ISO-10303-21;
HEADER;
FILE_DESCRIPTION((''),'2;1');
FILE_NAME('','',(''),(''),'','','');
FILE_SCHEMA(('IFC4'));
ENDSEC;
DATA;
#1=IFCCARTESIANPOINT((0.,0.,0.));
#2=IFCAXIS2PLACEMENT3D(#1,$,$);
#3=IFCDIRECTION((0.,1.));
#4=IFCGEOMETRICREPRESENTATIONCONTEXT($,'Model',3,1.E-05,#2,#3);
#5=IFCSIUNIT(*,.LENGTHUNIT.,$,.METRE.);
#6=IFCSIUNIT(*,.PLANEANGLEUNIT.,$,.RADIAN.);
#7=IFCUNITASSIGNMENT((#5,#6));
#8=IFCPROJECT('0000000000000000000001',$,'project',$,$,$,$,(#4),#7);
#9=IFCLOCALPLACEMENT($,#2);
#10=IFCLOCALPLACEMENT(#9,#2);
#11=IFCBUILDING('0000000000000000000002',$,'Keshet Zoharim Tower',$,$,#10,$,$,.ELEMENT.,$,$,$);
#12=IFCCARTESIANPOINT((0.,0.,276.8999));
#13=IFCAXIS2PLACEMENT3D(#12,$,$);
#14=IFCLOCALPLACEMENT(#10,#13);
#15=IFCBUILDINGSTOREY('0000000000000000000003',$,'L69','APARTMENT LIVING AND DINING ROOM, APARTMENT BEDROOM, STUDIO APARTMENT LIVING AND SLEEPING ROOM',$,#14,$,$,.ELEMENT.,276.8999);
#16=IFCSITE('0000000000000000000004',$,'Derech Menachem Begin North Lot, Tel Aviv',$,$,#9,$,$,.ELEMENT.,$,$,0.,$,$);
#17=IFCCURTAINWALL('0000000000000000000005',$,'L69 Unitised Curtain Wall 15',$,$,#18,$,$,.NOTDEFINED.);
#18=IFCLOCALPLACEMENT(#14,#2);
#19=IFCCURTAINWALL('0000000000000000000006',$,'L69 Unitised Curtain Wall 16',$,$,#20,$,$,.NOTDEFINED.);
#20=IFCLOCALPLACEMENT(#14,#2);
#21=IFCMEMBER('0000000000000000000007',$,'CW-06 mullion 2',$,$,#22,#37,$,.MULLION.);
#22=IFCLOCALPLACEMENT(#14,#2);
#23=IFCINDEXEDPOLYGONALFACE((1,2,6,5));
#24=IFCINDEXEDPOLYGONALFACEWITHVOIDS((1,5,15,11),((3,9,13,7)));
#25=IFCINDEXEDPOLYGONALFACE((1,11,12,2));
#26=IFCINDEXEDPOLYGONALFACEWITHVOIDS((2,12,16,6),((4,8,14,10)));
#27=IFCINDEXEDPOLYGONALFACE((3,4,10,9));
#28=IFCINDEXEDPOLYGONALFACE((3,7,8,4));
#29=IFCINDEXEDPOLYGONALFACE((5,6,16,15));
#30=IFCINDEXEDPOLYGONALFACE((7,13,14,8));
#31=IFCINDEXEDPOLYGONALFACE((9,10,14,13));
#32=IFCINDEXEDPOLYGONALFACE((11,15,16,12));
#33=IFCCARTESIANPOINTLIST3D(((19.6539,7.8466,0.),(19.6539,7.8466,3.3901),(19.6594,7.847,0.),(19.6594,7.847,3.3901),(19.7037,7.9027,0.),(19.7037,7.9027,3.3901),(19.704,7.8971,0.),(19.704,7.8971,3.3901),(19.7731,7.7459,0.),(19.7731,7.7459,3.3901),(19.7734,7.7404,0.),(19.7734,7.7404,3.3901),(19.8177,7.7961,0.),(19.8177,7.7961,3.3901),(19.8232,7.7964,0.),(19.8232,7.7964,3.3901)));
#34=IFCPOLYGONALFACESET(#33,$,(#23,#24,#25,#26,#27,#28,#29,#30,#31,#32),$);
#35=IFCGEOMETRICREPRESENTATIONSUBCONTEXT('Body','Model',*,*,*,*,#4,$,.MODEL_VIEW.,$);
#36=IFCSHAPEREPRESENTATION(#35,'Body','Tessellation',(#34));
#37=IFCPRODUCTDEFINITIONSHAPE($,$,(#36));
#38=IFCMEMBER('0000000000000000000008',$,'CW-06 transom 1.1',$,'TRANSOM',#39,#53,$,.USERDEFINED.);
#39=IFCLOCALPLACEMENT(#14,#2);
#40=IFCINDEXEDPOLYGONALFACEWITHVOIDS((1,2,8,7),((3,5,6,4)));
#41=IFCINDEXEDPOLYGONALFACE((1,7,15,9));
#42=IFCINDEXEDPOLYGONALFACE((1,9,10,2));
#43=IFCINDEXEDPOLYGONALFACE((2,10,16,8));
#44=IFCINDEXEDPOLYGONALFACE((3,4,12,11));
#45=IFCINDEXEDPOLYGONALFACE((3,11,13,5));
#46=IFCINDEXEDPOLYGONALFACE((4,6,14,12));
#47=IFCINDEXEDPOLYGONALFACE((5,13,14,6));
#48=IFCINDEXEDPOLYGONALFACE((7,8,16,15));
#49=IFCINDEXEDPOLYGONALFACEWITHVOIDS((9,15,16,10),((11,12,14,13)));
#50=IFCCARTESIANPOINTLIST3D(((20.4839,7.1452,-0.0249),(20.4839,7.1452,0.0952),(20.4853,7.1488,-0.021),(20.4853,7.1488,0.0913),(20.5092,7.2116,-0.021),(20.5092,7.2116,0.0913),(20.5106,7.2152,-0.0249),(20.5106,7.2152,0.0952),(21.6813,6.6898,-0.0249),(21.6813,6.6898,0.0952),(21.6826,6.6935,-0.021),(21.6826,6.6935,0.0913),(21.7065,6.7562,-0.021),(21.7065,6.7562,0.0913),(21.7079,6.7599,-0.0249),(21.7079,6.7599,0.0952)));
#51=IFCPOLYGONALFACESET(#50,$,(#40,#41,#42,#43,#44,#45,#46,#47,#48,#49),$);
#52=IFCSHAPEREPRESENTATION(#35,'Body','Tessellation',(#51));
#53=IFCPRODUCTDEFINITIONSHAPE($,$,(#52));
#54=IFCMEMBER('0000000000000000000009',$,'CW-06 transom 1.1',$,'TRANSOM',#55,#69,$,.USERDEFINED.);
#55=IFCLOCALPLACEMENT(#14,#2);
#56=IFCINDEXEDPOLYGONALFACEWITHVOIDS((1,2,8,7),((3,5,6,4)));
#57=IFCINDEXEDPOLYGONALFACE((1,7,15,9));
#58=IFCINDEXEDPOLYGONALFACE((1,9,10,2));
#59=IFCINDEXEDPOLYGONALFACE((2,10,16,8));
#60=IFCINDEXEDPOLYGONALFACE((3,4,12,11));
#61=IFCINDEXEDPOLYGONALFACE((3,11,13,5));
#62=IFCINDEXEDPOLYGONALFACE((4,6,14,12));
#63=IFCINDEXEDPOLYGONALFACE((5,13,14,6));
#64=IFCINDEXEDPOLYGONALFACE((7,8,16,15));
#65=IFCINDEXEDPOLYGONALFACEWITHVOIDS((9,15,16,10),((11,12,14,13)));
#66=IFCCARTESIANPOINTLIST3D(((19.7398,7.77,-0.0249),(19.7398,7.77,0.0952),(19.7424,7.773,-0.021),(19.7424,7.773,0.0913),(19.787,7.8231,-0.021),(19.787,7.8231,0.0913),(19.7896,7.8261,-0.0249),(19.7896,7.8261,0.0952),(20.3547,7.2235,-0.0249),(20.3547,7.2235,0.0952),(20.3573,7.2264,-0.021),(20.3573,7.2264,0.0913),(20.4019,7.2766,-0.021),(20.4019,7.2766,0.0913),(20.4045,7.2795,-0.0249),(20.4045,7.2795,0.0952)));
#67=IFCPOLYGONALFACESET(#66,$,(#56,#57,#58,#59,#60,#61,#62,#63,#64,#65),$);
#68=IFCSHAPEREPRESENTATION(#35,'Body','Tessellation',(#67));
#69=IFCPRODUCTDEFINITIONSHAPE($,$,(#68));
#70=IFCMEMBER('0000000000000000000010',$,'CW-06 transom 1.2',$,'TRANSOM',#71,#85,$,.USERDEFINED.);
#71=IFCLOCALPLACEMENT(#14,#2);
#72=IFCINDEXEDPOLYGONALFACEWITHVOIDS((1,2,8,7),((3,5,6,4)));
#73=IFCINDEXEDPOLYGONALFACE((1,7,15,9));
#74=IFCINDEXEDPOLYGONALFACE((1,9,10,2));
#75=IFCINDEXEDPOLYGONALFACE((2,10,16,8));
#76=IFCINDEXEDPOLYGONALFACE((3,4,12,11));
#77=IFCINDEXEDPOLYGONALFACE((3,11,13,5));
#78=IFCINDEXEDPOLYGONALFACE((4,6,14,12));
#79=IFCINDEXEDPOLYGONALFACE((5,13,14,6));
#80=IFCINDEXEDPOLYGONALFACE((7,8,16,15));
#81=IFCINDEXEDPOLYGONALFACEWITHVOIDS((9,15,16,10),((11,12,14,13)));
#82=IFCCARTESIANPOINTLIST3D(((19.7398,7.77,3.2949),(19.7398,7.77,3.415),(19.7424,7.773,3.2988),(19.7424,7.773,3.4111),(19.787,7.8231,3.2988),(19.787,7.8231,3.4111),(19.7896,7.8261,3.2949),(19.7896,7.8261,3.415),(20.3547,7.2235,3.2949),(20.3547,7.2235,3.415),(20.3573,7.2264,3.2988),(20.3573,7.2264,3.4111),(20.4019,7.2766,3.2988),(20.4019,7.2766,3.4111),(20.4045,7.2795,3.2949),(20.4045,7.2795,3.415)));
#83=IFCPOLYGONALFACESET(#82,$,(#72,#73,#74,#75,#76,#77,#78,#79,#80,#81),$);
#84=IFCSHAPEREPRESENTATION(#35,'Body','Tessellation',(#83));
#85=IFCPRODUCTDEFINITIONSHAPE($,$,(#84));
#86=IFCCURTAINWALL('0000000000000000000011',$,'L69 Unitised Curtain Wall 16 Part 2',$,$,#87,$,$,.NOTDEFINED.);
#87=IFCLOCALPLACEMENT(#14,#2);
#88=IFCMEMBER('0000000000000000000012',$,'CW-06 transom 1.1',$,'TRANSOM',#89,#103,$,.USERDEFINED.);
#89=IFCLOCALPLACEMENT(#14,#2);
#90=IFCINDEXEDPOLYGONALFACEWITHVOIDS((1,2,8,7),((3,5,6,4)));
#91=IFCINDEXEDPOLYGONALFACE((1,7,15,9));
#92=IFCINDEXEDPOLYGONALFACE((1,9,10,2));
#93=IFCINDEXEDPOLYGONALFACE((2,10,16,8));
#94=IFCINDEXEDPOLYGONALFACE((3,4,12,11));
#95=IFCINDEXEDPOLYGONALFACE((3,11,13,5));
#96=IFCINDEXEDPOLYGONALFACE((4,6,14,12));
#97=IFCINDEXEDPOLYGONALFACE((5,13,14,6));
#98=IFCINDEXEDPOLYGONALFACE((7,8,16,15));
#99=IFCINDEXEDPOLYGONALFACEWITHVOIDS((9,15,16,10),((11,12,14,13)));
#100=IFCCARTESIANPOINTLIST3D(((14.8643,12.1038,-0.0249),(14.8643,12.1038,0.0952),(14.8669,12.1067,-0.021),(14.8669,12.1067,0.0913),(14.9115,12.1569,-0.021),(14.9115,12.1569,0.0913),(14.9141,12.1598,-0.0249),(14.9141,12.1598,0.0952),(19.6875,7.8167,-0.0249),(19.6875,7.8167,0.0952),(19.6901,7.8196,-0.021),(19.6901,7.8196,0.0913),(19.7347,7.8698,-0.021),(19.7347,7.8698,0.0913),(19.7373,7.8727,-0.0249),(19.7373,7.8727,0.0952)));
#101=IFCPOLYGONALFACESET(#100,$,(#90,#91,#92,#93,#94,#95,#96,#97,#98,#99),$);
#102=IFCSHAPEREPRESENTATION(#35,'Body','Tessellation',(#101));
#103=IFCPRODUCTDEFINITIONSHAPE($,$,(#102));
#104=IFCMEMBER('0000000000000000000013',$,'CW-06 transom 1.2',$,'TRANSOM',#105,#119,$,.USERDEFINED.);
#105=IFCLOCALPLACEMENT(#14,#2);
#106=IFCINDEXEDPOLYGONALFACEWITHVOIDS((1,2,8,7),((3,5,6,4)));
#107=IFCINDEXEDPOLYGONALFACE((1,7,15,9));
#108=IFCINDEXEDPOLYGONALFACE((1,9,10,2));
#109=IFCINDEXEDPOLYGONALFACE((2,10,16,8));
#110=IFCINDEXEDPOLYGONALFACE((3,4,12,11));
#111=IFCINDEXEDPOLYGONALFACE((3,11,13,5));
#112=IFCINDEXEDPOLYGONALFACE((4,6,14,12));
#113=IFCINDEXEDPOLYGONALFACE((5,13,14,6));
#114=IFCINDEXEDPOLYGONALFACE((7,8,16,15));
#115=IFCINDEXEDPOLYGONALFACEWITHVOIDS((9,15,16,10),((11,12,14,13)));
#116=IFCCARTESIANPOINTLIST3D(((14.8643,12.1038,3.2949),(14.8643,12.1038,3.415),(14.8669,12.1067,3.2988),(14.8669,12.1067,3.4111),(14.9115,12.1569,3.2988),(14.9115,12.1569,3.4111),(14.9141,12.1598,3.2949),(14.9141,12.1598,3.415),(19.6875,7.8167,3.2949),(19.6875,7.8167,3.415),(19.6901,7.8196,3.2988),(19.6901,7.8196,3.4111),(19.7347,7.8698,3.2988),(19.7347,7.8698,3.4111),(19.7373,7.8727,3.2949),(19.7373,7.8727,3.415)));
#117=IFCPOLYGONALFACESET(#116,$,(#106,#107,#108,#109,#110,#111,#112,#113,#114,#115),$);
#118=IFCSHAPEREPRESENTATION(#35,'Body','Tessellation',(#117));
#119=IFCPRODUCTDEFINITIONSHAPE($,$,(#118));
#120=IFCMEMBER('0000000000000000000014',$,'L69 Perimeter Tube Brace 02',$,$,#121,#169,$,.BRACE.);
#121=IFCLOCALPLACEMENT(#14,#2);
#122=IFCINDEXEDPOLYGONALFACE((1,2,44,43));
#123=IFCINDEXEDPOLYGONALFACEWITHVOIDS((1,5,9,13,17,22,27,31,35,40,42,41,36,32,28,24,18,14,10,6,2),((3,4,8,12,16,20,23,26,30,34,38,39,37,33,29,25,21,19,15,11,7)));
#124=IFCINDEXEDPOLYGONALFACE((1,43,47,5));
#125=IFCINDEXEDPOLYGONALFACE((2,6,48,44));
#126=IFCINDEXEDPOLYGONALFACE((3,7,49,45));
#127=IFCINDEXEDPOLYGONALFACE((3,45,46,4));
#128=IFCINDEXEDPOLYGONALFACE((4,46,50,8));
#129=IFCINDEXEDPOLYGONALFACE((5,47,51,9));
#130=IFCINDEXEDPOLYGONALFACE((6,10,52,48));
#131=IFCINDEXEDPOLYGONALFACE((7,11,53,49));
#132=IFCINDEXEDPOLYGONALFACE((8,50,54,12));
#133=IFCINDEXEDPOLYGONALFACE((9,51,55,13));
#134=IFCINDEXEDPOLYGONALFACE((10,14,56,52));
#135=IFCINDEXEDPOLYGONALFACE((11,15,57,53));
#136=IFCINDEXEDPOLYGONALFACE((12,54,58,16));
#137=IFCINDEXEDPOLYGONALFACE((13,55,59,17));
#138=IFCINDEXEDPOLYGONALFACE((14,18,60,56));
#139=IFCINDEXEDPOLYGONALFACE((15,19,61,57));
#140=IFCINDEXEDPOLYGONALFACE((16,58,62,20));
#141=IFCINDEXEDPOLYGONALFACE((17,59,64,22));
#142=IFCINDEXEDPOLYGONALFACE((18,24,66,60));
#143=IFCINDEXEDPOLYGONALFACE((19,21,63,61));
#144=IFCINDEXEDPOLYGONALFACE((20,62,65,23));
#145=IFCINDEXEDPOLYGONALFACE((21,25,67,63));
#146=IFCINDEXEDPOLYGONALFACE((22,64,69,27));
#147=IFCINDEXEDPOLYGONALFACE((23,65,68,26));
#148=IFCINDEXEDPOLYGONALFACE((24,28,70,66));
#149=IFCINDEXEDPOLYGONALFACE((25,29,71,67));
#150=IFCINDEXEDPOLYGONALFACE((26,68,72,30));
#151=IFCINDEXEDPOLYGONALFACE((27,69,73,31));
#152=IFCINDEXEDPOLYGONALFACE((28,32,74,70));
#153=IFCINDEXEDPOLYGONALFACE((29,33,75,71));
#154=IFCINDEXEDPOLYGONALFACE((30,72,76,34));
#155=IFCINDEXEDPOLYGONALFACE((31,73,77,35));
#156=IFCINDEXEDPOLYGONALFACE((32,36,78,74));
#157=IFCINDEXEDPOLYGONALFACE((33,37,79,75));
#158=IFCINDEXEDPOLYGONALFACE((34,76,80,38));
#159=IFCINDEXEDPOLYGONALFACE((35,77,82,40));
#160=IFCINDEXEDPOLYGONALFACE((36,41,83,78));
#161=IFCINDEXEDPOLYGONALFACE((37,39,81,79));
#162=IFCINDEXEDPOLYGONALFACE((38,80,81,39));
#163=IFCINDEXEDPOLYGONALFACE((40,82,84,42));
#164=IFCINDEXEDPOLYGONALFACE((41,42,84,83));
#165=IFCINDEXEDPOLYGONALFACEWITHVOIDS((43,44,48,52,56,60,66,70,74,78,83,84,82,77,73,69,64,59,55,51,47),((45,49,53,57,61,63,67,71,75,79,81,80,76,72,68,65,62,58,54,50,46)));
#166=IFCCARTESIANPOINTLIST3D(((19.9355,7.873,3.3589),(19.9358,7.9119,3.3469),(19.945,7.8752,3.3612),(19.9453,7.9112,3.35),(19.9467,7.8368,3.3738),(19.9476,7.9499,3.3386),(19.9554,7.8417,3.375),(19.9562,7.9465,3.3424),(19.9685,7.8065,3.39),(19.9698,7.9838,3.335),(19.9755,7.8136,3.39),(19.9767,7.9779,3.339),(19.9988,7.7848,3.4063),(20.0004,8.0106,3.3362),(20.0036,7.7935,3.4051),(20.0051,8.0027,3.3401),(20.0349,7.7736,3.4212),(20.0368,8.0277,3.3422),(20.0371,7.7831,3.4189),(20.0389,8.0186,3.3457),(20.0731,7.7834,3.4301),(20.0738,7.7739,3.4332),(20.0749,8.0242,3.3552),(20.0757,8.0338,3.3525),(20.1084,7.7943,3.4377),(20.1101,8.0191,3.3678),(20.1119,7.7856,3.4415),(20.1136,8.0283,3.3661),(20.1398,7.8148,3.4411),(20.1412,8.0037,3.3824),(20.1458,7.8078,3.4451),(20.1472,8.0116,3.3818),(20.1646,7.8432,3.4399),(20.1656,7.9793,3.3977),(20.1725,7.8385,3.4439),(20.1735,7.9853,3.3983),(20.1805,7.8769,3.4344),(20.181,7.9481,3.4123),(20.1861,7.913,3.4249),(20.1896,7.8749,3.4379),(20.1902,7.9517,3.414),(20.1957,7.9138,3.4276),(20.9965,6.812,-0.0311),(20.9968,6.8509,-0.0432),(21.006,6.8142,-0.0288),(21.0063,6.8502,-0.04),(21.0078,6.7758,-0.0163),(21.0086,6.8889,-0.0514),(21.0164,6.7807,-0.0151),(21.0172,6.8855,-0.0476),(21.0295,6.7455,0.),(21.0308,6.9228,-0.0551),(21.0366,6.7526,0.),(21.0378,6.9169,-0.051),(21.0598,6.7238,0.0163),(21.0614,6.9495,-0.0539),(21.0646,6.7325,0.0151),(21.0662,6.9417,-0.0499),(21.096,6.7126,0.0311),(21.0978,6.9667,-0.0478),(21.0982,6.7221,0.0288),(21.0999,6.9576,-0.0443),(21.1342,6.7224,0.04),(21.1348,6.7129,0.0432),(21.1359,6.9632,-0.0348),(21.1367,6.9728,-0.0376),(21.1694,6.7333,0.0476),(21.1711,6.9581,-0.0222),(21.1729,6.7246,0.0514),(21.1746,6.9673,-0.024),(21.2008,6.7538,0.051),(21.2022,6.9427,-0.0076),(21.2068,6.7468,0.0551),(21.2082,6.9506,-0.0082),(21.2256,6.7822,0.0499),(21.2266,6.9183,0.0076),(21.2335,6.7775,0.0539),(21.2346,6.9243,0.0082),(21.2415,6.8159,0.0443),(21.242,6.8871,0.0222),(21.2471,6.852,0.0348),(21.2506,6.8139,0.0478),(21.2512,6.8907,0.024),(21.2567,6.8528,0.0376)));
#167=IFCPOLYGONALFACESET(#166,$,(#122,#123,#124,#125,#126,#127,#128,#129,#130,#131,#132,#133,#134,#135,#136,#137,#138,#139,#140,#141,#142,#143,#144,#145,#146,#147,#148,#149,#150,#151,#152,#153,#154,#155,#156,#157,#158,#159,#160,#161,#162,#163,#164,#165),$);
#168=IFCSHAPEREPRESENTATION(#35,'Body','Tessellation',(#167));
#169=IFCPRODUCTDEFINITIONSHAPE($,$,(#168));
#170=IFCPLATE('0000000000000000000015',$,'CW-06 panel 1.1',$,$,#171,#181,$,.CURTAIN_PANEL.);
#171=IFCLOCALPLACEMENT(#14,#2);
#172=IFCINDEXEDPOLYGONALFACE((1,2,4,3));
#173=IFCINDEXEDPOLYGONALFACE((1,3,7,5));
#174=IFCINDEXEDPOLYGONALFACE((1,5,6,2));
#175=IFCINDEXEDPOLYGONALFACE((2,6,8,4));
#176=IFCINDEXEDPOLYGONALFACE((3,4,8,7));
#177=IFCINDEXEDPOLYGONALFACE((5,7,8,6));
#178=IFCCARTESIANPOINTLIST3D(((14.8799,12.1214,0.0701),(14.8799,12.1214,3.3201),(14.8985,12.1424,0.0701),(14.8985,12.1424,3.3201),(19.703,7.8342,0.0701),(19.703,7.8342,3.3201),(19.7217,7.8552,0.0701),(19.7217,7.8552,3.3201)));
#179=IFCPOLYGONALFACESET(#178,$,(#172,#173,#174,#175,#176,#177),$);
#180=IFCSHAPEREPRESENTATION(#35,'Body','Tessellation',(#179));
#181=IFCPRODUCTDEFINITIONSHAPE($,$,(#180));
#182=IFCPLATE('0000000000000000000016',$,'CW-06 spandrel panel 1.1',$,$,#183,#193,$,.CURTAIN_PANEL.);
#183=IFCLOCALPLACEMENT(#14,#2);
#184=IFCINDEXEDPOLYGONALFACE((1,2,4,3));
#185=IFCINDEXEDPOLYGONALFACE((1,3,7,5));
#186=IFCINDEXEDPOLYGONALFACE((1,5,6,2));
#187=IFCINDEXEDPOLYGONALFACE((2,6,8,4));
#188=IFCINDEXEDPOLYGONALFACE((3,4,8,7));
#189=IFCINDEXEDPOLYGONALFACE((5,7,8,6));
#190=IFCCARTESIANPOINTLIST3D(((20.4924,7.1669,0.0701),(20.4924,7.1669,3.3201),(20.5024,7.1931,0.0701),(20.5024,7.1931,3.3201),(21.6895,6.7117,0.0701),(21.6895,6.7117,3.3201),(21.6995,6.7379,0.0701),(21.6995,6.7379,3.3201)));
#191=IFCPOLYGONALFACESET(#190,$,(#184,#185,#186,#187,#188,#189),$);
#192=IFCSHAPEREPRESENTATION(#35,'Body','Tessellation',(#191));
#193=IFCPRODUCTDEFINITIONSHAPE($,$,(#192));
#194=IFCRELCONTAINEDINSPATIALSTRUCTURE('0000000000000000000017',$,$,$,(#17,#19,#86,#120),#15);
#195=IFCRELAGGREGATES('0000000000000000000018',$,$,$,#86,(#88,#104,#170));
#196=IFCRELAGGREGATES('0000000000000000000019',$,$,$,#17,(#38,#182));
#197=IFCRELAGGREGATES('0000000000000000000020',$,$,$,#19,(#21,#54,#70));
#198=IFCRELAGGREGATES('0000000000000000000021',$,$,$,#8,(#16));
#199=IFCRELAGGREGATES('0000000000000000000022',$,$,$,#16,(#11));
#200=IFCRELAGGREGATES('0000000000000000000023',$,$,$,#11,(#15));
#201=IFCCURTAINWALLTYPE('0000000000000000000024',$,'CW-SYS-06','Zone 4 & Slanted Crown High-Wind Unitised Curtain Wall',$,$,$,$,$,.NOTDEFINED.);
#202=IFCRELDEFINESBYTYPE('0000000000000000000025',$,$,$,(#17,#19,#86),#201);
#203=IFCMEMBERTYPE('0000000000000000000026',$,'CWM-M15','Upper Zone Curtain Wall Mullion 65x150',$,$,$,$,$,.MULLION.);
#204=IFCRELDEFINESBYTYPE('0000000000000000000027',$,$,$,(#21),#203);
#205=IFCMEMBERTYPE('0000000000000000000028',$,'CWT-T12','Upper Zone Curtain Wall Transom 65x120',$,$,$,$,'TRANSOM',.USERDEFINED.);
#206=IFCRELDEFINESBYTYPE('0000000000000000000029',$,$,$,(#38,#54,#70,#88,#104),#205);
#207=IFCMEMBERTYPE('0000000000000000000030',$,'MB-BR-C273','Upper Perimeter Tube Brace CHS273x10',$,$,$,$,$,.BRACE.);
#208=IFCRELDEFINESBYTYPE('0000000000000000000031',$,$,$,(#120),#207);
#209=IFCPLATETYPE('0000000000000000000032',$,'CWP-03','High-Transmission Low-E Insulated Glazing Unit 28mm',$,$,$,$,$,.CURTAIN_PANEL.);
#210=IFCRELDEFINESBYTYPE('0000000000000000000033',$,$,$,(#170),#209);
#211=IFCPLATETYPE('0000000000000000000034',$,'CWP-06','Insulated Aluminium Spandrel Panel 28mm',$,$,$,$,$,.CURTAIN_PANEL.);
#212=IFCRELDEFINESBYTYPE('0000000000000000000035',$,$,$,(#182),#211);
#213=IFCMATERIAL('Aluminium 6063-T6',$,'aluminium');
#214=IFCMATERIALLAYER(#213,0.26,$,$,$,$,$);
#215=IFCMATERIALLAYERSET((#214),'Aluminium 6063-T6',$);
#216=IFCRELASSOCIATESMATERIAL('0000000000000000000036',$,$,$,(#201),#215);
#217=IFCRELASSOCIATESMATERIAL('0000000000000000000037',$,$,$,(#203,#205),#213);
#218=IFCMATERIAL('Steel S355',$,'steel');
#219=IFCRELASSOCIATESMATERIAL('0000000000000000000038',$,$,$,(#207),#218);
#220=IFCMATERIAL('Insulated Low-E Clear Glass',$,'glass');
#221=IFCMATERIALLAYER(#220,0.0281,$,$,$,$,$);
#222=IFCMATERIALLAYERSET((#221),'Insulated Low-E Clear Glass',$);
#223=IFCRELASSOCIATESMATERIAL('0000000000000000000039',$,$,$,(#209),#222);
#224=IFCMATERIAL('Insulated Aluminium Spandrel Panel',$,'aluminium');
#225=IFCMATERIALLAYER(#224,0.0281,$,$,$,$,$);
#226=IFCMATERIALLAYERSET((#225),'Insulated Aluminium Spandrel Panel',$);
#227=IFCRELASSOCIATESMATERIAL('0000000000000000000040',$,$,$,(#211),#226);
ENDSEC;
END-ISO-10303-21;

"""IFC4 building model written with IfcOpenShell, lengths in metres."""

from ifc_helpers import new_model, si_unit, direction, frame, origin, origin_2d, place, context, subcontext, project, spatial, rectangle, hollow_rectangle, hollow_circle, extrude, material, layer, layer_set, material_profile, profile_set, type_object, element, aggregate, save


model = new_model("IFC4")

# Units and contexts
model_context = context("Model", 3, precision=1e-05, world=origin(), true_north=direction((0.0, 1.0)))
body_context = subcontext(model_context, "Body", "Model", "MODEL_VIEW")
ifc_project = project(units=[si_unit("LENGTHUNIT", "METRE"), si_unit("PLANEANGLEUNIT", "RADIAN")], contexts=[model_context])

# Site, building, storey
site_placement = place(None, origin())
site = spatial("IfcSite", under=ifc_project, at=site_placement, Name="Derech Menachem Begin North Lot, Tel Aviv", CompositionType="ELEMENT", RefElevation=0.0)
building_placement = place(site_placement, origin())
building = spatial("IfcBuilding", under=site, at=building_placement, Name="Keshet Zoharim Tower", CompositionType="ELEMENT")
storey_placement = place(building_placement, frame((0.0, 0.0, 276.8999)))
storey = spatial("IfcBuildingStorey", under=building, at=storey_placement, Name="L69", Description="APARTMENT LIVING AND DINING ROOM, APARTMENT BEDROOM, STUDIO APARTMENT LIVING AND SLEEPING ROOM", CompositionType="ELEMENT", Elevation=276.8999)

# Shared definitions
ifc_material_1 = material(Name="Steel S355", Category="steel")

# Curtain wall
ifc_material_2 = material(Name="Aluminium 6063-T6", Category="aluminium")
ifc_layer_1 = layer(ifc_material_2, 0.26)
ifc_layer_set_1 = layer_set([ifc_layer_1], Name="Aluminium 6063-T6")
curtain_wall_type = type_object("IfcCurtainWallType", Name="CW-SYS-06", Description="Zone 4 & Slanted Crown High-Wind Unitised Curtain Wall", PredefinedType="NOTDEFINED", material=ifc_layer_set_1)
curtain_wall_1_placement = place(storey_placement, origin())
curtain_wall_1 = element("IfcCurtainWall", 1, at=curtain_wall_1_placement, inside=storey, type_object=curtain_wall_type, Name="L69 Unitised Curtain Wall 15", PredefinedType="NOTDEFINED")
ifc_material_profile_1 = material_profile(ifc_material_2, hollow_rectangle(XDim=0.075, YDim=0.1599, WallThickness=0.0039, at=origin_2d()), Name="MUL-75x160")
ifc_profile_set_1 = profile_set([ifc_material_profile_1], Name="Aluminium 6063-T6")
member_type_1 = type_object("IfcMemberType", Name="CWM-M15", Description="Upper Zone Curtain Wall Mullion 65x150", PredefinedType="MULLION", material=ifc_profile_set_1)

# Curtain wall, member
curtain_wall_2_placement = place(storey_placement, origin())
curtain_wall_2 = element("IfcCurtainWall", 2, at=curtain_wall_2_placement, inside=storey, type_object=curtain_wall_type, Name="L69 Unitised Curtain Wall 16", PredefinedType="NOTDEFINED")
member_1_placement = place(storey_placement, frame((19.7385, 7.8215, 0.0), z_axis=(0.0, 0.0, 1.0), x_axis=(-0.664345, -0.747427, 0.0)))
member_1 = element("IfcMember", 3, at=member_1_placement, type_object=member_type_1, Name="CW-06 mullion 2", PredefinedType="MULLION", context=body_context, shape_type="SweptSolid", body=[
    extrude(hollow_rectangle(XDim=0.075, YDim=0.1599, WallThickness=0.0039, at=origin_2d()), origin(), (0.0, 0.0, 1.0), 3.3901),
])

# Members
ifc_material_profile_2 = material_profile(ifc_material_2, hollow_rectangle(XDim=0.075, YDim=0.1201, WallThickness=0.0039, at=origin_2d()), Name="TRN-75x120")
ifc_profile_set_2 = profile_set([ifc_material_profile_2], Name="Aluminium 6063-T6")
member_type_2 = type_object("IfcMemberType", Name="CWT-T12", Description="Upper Zone Curtain Wall Transom 65x120", ElementType="TRANSOM", PredefinedType="USERDEFINED", material=ifc_profile_set_2)
member_2_placement = place(storey_placement, frame((21.6946, 6.7249, 0.0352), z_axis=(-0.93469, 0.355464, 0.0), x_axis=(-0.355464, -0.93469, 0.0)))
member_2 = element("IfcMember", 4, at=member_2_placement, type_object=member_type_2, Name="CW-06 transom 1.1", ObjectType="TRANSOM", PredefinedType="USERDEFINED", context=body_context, shape_type="SweptSolid", body=[
    extrude(hollow_rectangle(XDim=0.075, YDim=0.1201, WallThickness=0.0039, at=origin_2d()), origin(), (0.0, 0.0, 1.0), 1.281),
])
member_3_placement = place(storey_placement, frame((20.3796, 7.2515, 0.0352), z_axis=(-0.747426, 0.664345, 0.0), x_axis=(-0.664345, -0.747426, 0.0)))
member_3 = element("IfcMember", 5, at=member_3_placement, type_object=member_type_2, Name="CW-06 transom 1.1", ObjectType="TRANSOM", PredefinedType="USERDEFINED", context=body_context, shape_type="SweptSolid", body=[
    extrude(hollow_rectangle(XDim=0.075, YDim=0.1201, WallThickness=0.0039, at=origin_2d()), origin(), (0.0, 0.0, 1.0), 0.8228),
])
member_4_placement = place(storey_placement, frame((20.3796, 7.2515, 3.355), z_axis=(-0.747426, 0.664345, 0.0), x_axis=(-0.664345, -0.747426, 0.0)))
member_4 = element("IfcMember", 6, at=member_4_placement, type_object=member_type_2, Name="CW-06 transom 1.2", ObjectType="TRANSOM", PredefinedType="USERDEFINED", context=body_context, shape_type="SweptSolid", body=[
    extrude(hollow_rectangle(XDim=0.075, YDim=0.1201, WallThickness=0.0039, at=origin_2d()), origin(), (0.0, 0.0, 1.0), 0.8228),
])

# Curtain wall, members
curtain_wall_3_placement = place(storey_placement, origin())
curtain_wall_3 = element("IfcCurtainWall", 7, at=curtain_wall_3_placement, inside=storey, type_object=curtain_wall_type, Name="L69 Unitised Curtain Wall 16 Part 2", PredefinedType="NOTDEFINED")
member_5_placement = place(storey_placement, frame((19.7124, 7.8447, 0.0352), z_axis=(-0.747426, 0.664345, 0.0), x_axis=(-0.664345, -0.747426, 0.0)))
member_5 = element("IfcMember", 8, at=member_5_placement, type_object=member_type_2, Name="CW-06 transom 1.1", ObjectType="TRANSOM", PredefinedType="USERDEFINED", context=body_context, shape_type="SweptSolid", body=[
    extrude(hollow_rectangle(XDim=0.075, YDim=0.1201, WallThickness=0.0039, at=origin_2d()), origin(), (0.0, 0.0, 1.0), 6.4531),
])
member_6_placement = place(storey_placement, frame((19.7124, 7.8447, 3.355), z_axis=(-0.747426, 0.664345, 0.0), x_axis=(-0.664345, -0.747426, 0.0)))
member_6 = element("IfcMember", 9, at=member_6_placement, type_object=member_type_2, Name="CW-06 transom 1.2", ObjectType="TRANSOM", PredefinedType="USERDEFINED", context=body_context, shape_type="SweptSolid", body=[
    extrude(hollow_rectangle(XDim=0.075, YDim=0.1201, WallThickness=0.0039, at=origin_2d()), origin(), (0.0, 0.0, 1.0), 6.4531),
])

# Member
ifc_material_profile_3 = material_profile(ifc_material_1, hollow_circle(Radius=0.1365, WallThickness=0.01, at=origin_2d()), Name="CHS273x10")
ifc_profile_set_3 = profile_set([ifc_material_profile_3], Name="Steel S355")
member_type_3 = type_object("IfcMemberType", Name="MB-BR-C273", Description="Upper Perimeter Tube Brace CHS273x10", PredefinedType="BRACE", material=ifc_profile_set_3)
member_7_placement = place(storey_placement, frame((21.126, 6.842, 0.0), z_axis=(-0.286196, 0.286196, 0.914431), x_axis=(-0.707107, -0.707107, 0.0)))
element("IfcMember", 10, at=member_7_placement, inside=storey, type_object=member_type_3, Name="L69 Perimeter Tube Brace 02", PredefinedType="BRACE", context=body_context, shape_type="SweptSolid", body=[
    extrude(hollow_circle(Radius=0.1365, WallThickness=0.01, at=origin_2d()), origin(), (0.0, 0.0, 1.0), 3.7073),
])

# Plates
ifc_material_3 = material(Name="Insulated Low-E Clear Glass", Category="glass")
ifc_layer_2 = layer(ifc_material_3, 0.0281)
ifc_layer_set_2 = layer_set([ifc_layer_2], Name="Insulated Low-E Clear Glass")
plate_type_1 = type_object("IfcPlateType", Name="CWP-03", Description="High-Transmission Low-E Insulated Glazing Unit 28mm", PredefinedType="CURTAIN_PANEL", material=ifc_layer_set_2)
plate_1_placement = place(storey_placement, frame((17.3008, 9.9883, 0.0701), z_axis=(0.0, 0.0, 1.0), x_axis=(-0.747408, 0.664365, 0.0)))
plate_1 = element("IfcPlate", 11, at=plate_1_placement, type_object=plate_type_1, Name="CW-06 panel 1.1", PredefinedType="CURTAIN_PANEL", context=body_context, shape_type="SweptSolid", body=[
    extrude(rectangle(XDim=6.4531, YDim=0.0281, at=origin_2d()), origin(), (0.0, 0.0, 1.0), 3.25),
])
aggregate(curtain_wall_3, [member_5, member_6, plate_1])
ifc_material_4 = material(Name="Insulated Aluminium Spandrel Panel", Category="aluminium")
ifc_layer_3 = layer(ifc_material_4, 0.0281)
ifc_layer_set_3 = layer_set([ifc_layer_3], Name="Insulated Aluminium Spandrel Panel")
plate_type_2 = type_object("IfcPlateType", Name="CWP-06", Description="Insulated Aluminium Spandrel Panel 28mm", PredefinedType="CURTAIN_PANEL", material=ifc_layer_set_3)
plate_2_placement = place(storey_placement, frame((21.0959, 6.9524, 0.0701), z_axis=(0.0, 0.0, 1.0), x_axis=(-0.934699, 0.355439, 0.0)))
plate_2 = element("IfcPlate", 12, at=plate_2_placement, type_object=plate_type_2, Name="CW-06 spandrel panel 1.1", PredefinedType="CURTAIN_PANEL", context=body_context, shape_type="SweptSolid", body=[
    extrude(rectangle(XDim=1.2808, YDim=0.0281, at=origin_2d()), origin(), (0.0, 0.0, 1.0), 3.25),
])
aggregate(curtain_wall_1, [member_2, plate_2])
aggregate(curtain_wall_2, [member_1, member_3, member_4])

save(model, "model.ifc")
